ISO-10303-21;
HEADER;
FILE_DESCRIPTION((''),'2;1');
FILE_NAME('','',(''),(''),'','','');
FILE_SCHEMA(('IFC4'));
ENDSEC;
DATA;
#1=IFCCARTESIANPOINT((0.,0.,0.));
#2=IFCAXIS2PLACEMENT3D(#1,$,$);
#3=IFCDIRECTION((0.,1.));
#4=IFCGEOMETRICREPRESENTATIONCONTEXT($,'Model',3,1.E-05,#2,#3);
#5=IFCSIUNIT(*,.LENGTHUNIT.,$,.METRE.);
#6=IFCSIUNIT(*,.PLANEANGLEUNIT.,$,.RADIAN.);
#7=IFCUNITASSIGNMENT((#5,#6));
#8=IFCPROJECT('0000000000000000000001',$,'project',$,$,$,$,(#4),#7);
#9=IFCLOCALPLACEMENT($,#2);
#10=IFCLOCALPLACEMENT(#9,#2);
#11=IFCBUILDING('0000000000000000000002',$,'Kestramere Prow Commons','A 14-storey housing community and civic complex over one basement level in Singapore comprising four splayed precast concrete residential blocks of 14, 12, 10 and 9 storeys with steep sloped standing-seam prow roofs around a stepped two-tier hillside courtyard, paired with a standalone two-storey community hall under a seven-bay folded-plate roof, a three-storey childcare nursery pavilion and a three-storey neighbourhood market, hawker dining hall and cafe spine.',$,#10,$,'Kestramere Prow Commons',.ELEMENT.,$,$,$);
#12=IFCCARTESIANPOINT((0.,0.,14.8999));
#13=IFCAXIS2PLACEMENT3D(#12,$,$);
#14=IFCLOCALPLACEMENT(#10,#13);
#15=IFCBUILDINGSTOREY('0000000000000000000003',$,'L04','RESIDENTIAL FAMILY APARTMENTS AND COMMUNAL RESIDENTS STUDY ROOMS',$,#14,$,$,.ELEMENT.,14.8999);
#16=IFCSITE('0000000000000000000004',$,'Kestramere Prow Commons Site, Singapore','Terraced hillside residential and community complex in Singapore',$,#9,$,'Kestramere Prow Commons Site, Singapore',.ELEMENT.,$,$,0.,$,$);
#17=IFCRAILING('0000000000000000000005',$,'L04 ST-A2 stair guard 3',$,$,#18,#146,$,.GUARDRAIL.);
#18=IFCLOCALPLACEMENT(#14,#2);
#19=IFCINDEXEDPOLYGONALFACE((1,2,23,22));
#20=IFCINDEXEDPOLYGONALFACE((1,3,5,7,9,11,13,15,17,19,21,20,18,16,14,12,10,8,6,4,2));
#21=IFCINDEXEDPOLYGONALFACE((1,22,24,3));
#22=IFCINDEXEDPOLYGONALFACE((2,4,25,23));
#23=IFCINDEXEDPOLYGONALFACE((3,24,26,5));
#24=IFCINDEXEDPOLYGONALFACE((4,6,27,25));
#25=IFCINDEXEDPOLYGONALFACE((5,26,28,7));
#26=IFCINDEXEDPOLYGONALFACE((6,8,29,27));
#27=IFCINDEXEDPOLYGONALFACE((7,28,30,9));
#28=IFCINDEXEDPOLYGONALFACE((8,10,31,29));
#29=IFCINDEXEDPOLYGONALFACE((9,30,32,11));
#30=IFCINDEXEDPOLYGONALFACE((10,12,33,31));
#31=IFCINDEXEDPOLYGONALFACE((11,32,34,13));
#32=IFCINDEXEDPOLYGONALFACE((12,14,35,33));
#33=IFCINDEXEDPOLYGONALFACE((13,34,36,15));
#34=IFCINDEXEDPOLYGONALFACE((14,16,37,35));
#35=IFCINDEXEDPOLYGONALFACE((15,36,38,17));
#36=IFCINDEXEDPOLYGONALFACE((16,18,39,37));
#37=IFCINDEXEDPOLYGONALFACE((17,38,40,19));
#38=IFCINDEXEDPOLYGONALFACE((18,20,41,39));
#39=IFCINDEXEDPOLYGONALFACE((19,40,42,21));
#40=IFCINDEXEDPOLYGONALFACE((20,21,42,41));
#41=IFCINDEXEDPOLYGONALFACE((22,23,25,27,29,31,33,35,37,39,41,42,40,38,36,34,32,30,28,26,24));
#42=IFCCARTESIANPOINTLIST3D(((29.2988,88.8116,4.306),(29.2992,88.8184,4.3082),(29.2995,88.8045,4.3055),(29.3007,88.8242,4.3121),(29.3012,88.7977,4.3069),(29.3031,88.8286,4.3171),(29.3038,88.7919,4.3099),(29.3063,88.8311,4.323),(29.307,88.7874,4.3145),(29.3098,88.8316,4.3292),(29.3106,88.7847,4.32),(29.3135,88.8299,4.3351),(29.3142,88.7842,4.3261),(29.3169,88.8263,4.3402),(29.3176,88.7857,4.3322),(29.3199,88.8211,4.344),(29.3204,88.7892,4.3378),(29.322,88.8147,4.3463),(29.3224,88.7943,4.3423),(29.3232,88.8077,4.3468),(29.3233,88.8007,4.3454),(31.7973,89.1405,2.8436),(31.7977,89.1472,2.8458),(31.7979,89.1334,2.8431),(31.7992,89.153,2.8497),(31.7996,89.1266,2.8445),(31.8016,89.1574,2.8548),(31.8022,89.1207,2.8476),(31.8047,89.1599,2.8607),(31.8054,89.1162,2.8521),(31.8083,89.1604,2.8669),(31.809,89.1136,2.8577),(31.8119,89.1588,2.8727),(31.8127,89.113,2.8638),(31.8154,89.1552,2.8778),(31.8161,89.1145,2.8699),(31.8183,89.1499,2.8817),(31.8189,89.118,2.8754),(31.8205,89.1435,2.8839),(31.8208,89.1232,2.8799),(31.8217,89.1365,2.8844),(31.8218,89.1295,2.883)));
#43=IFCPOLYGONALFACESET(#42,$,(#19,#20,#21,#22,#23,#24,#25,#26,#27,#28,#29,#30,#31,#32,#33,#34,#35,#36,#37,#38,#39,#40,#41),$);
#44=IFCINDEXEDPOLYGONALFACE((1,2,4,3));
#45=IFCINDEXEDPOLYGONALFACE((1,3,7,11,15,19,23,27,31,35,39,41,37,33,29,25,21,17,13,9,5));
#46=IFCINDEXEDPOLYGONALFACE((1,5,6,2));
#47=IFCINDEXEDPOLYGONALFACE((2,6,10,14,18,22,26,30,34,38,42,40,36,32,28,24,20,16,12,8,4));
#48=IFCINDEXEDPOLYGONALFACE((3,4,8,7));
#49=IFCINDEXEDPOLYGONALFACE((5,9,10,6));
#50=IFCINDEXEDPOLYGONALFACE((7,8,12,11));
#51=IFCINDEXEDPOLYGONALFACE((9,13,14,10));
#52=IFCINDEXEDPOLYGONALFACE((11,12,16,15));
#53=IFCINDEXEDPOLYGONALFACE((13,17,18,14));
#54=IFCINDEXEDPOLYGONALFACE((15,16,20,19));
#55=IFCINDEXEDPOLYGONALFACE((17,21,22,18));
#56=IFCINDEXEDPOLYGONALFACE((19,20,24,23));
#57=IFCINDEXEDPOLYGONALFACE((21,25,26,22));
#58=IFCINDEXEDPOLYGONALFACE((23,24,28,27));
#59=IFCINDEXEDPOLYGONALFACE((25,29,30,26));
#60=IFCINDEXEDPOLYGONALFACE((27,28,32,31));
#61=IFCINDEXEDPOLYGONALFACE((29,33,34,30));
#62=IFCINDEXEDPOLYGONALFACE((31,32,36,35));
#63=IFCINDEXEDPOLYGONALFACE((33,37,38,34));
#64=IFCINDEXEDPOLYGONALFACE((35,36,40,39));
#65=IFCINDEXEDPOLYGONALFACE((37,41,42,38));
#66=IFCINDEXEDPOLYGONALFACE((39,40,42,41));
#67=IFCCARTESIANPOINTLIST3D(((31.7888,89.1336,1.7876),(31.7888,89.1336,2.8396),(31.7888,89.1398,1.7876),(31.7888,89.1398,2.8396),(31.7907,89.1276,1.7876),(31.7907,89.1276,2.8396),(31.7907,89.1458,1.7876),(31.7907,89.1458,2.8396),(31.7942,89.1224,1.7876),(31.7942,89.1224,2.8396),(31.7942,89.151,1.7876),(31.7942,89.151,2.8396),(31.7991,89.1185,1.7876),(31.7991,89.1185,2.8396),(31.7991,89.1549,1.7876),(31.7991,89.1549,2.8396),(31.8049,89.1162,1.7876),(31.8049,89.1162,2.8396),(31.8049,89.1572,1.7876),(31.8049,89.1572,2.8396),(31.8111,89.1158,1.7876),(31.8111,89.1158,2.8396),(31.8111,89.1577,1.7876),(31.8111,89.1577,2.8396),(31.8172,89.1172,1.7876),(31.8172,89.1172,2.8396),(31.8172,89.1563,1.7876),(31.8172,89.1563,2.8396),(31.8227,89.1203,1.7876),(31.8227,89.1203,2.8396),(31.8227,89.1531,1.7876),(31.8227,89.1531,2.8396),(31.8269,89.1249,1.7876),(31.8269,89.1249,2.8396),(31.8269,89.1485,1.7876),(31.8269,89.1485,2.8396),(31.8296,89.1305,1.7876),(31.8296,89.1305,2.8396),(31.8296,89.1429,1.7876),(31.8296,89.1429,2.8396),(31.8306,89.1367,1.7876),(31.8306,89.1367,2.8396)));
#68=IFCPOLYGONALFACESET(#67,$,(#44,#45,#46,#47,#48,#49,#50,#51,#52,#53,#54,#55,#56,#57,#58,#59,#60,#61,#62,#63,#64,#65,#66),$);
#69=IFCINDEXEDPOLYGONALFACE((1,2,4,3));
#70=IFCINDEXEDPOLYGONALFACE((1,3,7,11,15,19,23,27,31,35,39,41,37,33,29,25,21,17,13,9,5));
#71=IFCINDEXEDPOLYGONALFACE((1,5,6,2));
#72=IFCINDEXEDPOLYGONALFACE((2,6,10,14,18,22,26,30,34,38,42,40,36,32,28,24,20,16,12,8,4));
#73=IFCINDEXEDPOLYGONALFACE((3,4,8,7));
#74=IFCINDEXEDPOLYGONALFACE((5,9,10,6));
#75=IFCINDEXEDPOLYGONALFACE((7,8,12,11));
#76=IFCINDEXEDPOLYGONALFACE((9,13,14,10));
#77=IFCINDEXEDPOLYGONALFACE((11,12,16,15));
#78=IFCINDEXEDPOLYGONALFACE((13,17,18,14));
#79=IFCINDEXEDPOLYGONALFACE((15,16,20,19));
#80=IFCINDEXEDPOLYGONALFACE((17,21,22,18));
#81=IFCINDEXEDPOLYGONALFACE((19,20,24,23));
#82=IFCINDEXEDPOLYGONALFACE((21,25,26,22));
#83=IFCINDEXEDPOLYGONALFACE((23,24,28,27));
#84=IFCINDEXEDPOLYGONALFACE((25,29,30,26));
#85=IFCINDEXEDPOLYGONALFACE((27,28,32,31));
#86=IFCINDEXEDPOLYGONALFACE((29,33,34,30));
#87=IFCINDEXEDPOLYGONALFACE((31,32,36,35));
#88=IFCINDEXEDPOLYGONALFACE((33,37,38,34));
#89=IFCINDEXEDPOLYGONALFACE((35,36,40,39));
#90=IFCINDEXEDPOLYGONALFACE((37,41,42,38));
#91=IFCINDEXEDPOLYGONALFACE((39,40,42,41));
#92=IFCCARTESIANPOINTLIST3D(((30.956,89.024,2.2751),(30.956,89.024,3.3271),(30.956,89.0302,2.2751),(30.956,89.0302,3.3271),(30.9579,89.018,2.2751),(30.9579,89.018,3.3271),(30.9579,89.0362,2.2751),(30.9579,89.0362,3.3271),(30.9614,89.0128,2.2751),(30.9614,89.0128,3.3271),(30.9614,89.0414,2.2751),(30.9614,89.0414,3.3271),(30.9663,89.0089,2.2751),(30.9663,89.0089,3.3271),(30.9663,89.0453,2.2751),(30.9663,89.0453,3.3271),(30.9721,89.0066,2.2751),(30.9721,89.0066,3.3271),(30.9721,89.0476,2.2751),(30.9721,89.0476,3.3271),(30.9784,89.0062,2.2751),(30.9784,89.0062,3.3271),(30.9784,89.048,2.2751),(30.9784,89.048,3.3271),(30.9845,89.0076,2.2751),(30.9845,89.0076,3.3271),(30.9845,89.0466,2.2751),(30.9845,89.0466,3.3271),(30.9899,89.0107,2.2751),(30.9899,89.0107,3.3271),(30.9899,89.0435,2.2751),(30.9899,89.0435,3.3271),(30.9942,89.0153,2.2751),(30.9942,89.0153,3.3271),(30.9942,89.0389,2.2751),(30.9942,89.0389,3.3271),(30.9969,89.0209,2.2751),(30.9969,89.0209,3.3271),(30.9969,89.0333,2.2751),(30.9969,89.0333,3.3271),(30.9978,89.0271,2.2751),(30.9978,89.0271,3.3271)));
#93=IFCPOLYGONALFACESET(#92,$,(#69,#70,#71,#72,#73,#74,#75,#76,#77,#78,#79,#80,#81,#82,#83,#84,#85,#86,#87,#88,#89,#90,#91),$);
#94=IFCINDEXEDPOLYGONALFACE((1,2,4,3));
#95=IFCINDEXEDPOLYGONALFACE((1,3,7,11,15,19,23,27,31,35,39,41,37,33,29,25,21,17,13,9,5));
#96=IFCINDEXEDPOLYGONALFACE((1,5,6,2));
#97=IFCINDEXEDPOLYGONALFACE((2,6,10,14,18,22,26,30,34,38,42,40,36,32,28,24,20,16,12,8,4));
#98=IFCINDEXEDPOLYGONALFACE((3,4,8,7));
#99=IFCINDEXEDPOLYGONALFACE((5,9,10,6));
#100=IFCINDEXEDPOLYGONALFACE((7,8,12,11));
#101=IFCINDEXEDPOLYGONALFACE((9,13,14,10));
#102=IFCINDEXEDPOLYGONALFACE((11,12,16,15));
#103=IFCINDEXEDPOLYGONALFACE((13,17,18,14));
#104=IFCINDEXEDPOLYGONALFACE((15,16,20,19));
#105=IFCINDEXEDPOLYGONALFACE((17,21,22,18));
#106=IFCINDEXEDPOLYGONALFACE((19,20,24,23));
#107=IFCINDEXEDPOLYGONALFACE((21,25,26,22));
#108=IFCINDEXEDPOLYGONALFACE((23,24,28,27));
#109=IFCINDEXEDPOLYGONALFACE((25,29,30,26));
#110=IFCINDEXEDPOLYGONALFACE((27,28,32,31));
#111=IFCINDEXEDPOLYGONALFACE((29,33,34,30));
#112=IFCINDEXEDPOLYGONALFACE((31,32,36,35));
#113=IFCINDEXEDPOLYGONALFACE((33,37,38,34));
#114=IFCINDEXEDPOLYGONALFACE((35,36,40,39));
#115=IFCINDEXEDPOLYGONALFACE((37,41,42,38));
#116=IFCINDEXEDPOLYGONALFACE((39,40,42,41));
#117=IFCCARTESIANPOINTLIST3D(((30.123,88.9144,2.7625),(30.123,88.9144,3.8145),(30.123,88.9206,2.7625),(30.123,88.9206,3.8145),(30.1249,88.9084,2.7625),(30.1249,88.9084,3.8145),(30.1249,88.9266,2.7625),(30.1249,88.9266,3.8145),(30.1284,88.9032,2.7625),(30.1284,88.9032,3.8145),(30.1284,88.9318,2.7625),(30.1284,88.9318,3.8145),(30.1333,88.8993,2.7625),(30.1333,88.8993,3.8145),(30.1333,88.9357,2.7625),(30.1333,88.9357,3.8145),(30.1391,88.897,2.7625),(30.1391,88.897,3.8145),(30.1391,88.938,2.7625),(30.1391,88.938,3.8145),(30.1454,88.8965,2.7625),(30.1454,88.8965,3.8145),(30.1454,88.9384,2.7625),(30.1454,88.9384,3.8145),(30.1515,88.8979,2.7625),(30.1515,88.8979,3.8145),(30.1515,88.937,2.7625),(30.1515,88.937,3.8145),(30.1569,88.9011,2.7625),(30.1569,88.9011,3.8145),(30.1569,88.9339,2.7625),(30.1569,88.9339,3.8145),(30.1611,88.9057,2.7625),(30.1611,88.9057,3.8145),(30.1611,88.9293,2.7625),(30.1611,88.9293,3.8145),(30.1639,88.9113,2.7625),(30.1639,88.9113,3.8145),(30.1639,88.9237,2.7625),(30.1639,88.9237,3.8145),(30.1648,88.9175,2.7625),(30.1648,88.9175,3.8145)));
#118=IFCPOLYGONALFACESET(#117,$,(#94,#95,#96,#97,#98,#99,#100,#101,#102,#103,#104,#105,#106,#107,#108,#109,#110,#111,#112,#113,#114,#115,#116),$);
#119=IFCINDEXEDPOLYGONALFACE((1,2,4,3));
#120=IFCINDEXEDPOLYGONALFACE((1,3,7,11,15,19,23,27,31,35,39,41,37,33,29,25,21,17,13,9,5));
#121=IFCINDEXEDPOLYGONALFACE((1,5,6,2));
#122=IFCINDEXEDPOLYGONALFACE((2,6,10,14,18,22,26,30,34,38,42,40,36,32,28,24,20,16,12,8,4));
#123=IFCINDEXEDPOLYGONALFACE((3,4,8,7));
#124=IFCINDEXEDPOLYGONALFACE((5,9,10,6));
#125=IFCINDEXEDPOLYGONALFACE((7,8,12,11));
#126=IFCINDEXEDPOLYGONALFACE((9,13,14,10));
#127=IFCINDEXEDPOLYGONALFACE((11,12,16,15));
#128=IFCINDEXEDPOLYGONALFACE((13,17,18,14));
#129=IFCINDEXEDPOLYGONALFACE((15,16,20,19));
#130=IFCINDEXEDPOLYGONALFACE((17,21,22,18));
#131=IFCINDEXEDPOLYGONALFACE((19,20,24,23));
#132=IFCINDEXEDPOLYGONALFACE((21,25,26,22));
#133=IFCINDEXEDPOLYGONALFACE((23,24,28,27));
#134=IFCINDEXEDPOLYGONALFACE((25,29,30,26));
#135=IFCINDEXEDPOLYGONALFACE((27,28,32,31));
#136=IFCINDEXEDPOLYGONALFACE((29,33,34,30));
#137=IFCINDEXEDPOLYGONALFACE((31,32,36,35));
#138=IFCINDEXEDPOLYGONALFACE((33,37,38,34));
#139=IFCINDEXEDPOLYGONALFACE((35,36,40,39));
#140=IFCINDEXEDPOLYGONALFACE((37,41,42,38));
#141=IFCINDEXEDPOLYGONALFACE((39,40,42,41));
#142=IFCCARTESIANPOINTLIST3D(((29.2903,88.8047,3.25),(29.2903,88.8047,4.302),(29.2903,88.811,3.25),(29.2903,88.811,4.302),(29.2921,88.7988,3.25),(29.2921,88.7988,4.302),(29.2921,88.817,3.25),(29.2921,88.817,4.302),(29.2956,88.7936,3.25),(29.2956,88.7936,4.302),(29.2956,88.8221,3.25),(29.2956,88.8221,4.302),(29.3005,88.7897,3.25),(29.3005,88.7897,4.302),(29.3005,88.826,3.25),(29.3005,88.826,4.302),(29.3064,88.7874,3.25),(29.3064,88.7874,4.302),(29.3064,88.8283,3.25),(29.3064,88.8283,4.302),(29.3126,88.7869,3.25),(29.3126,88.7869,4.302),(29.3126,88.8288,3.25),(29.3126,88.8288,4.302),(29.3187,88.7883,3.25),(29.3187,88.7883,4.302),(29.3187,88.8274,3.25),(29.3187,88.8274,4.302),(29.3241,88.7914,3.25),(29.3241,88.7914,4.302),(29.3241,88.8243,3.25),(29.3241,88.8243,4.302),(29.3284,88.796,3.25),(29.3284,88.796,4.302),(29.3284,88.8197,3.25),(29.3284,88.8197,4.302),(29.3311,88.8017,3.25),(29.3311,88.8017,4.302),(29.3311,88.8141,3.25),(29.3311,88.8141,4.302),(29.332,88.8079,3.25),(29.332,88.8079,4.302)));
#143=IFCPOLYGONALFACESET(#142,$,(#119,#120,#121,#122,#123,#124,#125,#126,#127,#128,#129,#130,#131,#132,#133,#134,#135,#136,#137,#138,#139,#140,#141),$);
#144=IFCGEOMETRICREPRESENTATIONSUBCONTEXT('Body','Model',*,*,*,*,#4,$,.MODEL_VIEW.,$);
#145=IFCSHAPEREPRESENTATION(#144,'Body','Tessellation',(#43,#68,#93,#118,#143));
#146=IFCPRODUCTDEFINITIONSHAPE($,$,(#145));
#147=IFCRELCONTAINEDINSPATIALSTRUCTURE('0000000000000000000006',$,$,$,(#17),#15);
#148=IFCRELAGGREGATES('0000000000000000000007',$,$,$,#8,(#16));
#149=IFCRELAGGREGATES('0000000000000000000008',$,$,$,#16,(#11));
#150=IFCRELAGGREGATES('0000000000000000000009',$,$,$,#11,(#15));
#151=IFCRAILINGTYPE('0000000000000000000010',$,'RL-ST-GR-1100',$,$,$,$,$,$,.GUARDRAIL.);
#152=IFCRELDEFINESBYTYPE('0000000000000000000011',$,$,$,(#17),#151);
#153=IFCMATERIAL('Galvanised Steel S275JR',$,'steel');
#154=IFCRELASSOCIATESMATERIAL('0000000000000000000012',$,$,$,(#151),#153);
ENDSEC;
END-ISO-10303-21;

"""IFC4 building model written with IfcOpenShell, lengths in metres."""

from ifc_helpers import new_model, si_unit, direction, frame, origin, origin_2d, place, context, subcontext, project, spatial, circle, extrude, material, type_object, element, save


model = new_model("IFC4")

# Units and contexts
model_context = context("Model", 3, precision=1e-05, world=origin(), true_north=direction((0.0, 1.0)))
body_context = subcontext(model_context, "Body", "Model", "MODEL_VIEW")
ifc_project = project(units=[si_unit("LENGTHUNIT", "METRE"), si_unit("PLANEANGLEUNIT", "RADIAN")], contexts=[model_context])

# Site, building, storey
site_placement = place(None, origin())
site = spatial("IfcSite", under=ifc_project, at=site_placement, Name="Kestramere Prow Commons Site, Singapore", Description="Terraced hillside residential and community complex in Singapore", LongName="Kestramere Prow Commons Site, Singapore", CompositionType="ELEMENT", RefElevation=0.0)
building_placement = place(site_placement, origin())
building = spatial("IfcBuilding", under=site, at=building_placement, Name="Kestramere Prow Commons", Description="A 14-storey housing community and civic complex over one basement level in Singapore comprising four splayed precast concrete residential blocks of 14, 12, 10 and 9 storeys with steep sloped standing-seam prow roofs around a stepped two-tier hillside courtyard, paired with a standalone two-storey community hall under a seven-bay folded-plate roof, a three-storey childcare nursery pavilion and a three-storey neighbourhood market, hawker dining hall and cafe spine.", LongName="Kestramere Prow Commons", CompositionType="ELEMENT")
storey_placement = place(building_placement, frame((0.0, 0.0, 14.8999)))
storey = spatial("IfcBuildingStorey", under=building, at=storey_placement, Name="L04", Description="RESIDENTIAL FAMILY APARTMENTS AND COMMUNAL RESIDENTS STUDY ROOMS", CompositionType="ELEMENT", Elevation=14.8999)

# Railing
ifc_material_1 = material(Name="Galvanised Steel S275JR", Category="steel")
railing_type_1 = type_object("IfcRailingType", Name="RL-ST-GR-1100", PredefinedType="GUARDRAIL", material=ifc_material_1)
railing_1_placement = place(storey_placement, frame((31.8096, 89.1367, 1.7876)))
element("IfcRailing", 1, at=railing_1_placement, inside=storey, type_object=railing_type_1, Name="L04 ST-A2 stair guard 3", PredefinedType="GUARDRAIL", context=body_context, shape_type="SweptSolid", body=[
    extrude(circle(Radius=0.0239, at=origin_2d()), frame((0.0, 0.0, 1.0762), z_axis=(-0.857523, -0.112867, 0.501912), x_axis=(0.130495, -0.991449, 0.0)), (0.0, 0.0, 1.0), 2.9136),
    extrude(circle(Radius=0.021, at=origin_2d()), origin(), (0.0, 0.0, 1.0), 1.052),
    extrude(circle(Radius=0.021, at=origin_2d()), frame((-0.8328, -0.1096, 0.4875)), (0.0, 0.0, 1.0), 1.052),
    extrude(circle(Radius=0.021, at=origin_2d()), frame((-1.6658, -0.2192, 0.9749)), (0.0, 0.0, 1.0), 1.052),
    extrude(circle(Radius=0.021, at=origin_2d()), frame((-2.4985, -0.3289, 1.4624)), (0.0, 0.0, 1.0), 1.052),
])

save(model, "model.ifc")
